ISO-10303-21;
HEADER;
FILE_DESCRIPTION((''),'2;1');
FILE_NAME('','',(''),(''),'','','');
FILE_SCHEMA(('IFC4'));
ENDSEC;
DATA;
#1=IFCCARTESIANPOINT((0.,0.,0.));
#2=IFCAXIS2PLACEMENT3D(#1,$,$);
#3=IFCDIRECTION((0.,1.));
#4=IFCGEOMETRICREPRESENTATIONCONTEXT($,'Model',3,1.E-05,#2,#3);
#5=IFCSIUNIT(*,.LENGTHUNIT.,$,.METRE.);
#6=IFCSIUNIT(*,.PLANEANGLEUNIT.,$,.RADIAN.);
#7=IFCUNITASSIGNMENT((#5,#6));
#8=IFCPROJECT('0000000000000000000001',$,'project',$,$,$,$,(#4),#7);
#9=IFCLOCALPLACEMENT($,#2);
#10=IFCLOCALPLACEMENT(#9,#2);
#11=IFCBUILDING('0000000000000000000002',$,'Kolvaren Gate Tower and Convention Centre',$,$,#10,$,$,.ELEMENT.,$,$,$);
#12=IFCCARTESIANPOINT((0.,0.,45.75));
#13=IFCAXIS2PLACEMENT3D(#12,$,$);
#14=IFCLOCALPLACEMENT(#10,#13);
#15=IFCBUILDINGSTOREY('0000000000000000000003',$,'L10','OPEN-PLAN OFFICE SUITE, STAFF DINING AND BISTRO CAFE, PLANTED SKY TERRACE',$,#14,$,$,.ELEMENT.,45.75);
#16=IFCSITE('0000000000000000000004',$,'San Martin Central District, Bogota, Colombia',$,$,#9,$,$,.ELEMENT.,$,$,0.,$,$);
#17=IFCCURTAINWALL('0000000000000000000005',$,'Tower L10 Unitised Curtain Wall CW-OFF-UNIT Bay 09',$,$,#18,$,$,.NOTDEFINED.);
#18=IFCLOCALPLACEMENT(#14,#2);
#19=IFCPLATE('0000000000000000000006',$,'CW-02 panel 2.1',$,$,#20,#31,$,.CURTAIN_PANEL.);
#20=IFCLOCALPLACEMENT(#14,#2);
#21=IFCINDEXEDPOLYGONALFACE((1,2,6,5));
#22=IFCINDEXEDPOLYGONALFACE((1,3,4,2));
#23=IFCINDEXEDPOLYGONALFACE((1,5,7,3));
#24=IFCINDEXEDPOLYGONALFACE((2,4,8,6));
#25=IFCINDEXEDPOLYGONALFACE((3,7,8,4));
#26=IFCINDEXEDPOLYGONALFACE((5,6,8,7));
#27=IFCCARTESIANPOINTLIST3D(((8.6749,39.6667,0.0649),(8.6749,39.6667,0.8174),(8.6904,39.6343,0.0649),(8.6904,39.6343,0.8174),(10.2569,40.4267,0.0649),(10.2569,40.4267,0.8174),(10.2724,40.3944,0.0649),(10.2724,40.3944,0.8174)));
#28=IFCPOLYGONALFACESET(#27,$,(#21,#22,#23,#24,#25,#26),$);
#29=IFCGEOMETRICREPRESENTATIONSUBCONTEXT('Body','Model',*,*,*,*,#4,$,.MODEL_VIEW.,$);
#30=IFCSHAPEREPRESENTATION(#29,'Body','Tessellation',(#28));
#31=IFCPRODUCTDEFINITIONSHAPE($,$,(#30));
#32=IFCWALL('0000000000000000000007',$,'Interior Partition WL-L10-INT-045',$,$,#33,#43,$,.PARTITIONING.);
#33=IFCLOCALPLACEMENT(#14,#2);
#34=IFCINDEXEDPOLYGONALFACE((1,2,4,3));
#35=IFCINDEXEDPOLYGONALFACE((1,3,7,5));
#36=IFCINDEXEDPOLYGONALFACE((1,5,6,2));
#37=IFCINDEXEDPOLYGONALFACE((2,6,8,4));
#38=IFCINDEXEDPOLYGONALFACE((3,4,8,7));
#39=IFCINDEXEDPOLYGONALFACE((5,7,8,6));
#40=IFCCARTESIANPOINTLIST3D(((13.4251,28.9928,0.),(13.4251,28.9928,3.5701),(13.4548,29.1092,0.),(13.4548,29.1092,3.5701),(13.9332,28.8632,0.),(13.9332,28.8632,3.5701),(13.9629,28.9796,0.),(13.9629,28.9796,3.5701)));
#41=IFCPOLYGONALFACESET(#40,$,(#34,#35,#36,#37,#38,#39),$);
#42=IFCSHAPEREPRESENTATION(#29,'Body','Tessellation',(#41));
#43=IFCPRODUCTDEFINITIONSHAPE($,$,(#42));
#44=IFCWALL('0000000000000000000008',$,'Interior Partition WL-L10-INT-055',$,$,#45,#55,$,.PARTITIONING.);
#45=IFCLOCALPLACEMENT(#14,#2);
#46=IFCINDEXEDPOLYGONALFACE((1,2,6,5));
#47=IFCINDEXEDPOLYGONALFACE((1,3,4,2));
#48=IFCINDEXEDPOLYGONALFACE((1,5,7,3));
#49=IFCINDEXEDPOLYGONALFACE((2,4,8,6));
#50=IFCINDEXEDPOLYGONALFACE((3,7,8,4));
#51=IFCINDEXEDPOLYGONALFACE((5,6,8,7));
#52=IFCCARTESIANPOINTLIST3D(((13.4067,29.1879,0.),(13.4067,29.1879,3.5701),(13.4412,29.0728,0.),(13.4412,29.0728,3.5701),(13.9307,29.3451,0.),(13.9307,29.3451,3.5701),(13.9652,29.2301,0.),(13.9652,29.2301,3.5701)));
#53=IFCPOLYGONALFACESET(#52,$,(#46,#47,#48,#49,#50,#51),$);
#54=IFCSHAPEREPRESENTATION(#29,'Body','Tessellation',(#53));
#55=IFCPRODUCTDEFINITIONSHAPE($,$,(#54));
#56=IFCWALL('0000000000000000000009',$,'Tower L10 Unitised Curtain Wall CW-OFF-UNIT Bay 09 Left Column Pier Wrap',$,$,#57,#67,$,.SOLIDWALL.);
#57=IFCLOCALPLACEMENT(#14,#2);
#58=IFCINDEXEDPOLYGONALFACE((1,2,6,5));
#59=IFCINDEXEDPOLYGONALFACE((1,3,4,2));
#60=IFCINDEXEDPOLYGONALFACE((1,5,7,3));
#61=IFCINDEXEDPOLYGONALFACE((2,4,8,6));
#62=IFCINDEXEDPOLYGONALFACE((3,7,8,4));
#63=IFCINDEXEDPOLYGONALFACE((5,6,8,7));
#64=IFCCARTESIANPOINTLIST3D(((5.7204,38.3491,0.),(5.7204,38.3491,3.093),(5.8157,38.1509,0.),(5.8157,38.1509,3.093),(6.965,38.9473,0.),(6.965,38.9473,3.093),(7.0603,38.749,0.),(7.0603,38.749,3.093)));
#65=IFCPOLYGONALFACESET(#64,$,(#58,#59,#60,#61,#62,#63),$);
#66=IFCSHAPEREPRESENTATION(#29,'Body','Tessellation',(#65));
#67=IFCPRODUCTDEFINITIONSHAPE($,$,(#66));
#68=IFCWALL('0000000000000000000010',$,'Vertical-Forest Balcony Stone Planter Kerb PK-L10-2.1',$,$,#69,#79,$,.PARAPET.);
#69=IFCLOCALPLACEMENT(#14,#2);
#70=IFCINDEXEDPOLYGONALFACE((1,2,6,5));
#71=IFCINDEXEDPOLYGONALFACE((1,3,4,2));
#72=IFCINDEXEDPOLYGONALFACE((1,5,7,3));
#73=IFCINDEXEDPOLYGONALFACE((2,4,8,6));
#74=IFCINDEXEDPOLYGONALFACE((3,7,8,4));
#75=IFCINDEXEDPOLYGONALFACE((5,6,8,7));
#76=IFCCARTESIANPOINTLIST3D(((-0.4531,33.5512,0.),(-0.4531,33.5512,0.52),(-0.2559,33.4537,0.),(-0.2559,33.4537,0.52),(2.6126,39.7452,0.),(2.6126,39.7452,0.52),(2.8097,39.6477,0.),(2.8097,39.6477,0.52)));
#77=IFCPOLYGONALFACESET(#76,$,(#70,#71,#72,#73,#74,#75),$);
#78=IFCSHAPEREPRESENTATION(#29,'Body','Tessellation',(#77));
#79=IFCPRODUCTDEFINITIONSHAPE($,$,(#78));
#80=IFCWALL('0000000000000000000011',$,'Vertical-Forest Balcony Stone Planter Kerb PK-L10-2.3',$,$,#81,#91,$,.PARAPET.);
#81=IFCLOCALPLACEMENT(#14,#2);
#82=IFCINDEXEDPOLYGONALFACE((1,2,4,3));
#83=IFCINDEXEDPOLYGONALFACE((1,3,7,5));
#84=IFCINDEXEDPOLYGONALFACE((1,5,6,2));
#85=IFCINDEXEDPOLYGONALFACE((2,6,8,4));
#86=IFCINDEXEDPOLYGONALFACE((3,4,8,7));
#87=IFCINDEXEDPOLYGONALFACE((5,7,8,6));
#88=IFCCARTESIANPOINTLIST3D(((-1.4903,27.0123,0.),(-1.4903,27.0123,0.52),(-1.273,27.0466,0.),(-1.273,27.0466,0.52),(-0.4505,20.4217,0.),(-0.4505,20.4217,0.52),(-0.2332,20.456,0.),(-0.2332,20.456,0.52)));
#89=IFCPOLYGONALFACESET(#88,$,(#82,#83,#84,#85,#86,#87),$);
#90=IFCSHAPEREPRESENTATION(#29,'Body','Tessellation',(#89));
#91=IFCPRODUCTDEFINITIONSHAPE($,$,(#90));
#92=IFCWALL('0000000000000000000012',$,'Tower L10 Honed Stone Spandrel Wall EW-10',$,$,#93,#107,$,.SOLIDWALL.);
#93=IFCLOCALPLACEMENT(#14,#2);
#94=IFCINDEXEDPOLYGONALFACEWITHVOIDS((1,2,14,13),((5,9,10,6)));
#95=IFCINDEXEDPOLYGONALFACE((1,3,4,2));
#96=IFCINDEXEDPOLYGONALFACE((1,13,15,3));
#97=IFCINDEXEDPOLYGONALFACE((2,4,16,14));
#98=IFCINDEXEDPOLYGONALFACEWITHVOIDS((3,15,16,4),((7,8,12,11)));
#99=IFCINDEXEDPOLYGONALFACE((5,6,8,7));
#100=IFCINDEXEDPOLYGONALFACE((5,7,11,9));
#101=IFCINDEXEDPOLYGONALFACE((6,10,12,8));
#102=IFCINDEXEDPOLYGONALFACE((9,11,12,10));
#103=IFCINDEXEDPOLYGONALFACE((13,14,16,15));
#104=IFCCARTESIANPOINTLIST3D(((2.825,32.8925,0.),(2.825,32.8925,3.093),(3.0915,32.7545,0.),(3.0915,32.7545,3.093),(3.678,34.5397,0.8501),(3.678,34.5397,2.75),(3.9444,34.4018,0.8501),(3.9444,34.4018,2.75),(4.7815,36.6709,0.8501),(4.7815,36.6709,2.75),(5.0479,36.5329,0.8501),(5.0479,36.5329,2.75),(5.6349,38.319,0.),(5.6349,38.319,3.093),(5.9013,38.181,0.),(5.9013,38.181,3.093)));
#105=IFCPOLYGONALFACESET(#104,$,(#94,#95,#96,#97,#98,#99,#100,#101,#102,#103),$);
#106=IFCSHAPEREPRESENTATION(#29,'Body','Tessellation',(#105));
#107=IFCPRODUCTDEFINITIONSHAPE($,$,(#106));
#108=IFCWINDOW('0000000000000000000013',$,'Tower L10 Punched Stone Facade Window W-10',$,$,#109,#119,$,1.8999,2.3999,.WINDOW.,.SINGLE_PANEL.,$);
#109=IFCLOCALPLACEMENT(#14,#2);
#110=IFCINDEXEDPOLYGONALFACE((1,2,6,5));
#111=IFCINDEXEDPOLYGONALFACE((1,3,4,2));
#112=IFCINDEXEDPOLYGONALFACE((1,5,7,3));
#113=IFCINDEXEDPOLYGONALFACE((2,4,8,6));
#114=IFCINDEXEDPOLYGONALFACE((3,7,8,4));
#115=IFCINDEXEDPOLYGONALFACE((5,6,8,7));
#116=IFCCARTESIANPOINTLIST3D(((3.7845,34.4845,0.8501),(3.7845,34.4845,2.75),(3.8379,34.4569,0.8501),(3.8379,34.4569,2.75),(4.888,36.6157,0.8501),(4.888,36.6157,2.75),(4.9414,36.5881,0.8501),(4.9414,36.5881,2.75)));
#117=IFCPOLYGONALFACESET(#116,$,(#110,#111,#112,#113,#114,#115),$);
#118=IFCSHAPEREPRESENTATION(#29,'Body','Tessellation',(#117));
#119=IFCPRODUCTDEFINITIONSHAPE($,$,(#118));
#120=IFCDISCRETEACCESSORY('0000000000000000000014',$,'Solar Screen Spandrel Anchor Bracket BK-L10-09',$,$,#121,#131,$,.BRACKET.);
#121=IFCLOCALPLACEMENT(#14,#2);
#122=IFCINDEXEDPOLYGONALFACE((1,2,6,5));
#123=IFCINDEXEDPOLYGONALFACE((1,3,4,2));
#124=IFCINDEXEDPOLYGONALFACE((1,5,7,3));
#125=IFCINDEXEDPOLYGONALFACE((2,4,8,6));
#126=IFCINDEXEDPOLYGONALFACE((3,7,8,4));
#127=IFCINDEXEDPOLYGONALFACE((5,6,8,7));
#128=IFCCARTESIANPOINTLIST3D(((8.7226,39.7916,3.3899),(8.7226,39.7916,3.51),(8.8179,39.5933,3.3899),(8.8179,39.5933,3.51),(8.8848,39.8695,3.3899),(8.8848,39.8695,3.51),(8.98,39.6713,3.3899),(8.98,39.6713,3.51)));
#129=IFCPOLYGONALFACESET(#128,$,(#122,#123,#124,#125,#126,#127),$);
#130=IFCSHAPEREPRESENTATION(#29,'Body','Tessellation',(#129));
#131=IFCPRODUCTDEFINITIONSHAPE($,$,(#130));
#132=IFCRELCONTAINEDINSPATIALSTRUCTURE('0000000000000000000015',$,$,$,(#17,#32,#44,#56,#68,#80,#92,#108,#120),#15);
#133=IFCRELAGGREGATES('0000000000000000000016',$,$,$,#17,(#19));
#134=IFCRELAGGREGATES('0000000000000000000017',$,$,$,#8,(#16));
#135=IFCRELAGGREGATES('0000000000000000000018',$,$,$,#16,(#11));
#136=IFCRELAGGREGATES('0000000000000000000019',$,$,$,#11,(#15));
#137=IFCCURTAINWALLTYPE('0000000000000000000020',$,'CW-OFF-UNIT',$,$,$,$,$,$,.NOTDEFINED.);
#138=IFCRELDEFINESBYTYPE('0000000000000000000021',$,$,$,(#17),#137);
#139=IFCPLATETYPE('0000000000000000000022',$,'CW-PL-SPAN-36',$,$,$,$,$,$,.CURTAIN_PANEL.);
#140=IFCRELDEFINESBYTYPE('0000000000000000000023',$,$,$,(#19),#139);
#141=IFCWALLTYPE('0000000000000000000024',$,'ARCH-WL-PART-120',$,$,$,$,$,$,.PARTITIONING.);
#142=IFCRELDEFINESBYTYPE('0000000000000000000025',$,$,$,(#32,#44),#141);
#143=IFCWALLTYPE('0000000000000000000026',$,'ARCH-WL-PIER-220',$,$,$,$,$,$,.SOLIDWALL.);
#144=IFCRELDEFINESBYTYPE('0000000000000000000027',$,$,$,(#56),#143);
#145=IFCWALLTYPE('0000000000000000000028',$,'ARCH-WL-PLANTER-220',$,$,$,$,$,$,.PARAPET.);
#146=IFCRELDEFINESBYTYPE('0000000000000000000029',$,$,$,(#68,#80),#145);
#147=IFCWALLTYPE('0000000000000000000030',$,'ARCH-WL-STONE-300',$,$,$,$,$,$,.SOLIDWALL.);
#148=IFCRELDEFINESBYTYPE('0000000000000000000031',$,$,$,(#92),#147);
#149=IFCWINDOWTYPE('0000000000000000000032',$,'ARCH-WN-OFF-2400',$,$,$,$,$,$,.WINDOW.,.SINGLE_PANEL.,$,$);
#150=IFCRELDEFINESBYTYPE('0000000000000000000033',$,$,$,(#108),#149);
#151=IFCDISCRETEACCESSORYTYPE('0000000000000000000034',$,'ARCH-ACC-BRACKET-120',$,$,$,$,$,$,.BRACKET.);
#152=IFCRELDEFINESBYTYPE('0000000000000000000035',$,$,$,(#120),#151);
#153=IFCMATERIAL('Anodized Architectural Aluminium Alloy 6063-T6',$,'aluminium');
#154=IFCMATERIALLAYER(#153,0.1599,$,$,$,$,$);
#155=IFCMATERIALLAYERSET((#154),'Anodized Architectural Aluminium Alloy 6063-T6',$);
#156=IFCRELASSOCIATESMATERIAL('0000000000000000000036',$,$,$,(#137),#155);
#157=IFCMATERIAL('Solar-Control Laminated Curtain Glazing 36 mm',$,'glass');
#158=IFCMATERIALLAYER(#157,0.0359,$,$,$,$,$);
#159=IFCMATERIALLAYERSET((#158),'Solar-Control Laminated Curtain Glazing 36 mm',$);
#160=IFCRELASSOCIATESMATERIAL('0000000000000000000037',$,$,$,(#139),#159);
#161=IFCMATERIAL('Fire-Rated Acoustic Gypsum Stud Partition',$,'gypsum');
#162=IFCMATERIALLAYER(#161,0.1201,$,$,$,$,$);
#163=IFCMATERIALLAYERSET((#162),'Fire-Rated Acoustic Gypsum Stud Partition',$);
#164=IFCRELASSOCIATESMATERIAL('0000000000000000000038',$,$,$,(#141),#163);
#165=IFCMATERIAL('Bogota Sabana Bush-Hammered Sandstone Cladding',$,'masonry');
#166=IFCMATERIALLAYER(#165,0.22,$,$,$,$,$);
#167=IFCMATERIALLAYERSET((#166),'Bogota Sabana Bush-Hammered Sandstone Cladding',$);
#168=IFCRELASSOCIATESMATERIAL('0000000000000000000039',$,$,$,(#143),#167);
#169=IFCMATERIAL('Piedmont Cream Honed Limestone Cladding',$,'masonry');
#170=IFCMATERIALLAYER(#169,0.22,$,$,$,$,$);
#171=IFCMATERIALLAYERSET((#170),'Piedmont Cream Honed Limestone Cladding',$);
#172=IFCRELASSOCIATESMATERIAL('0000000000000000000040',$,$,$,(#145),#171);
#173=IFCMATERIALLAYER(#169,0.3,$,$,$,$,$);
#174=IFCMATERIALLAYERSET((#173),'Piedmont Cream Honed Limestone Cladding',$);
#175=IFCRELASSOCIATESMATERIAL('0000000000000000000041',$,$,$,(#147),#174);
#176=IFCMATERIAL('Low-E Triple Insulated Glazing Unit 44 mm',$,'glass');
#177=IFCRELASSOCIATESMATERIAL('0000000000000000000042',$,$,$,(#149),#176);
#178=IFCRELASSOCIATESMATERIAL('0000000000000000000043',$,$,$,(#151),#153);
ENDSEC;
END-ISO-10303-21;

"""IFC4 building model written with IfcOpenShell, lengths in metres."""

from ifc_helpers import new_model, si_unit, direction, frame, frame_2d, origin, origin_2d, place, context, subcontext, project, spatial, rectangle, extrude, material, layer, layer_set, type_object, element, fill, aggregate, save


model = new_model("IFC4")

# Units and contexts
model_context = context("Model", 3, precision=1e-05, world=origin(), true_north=direction((0.0, 1.0)))
body_context = subcontext(model_context, "Body", "Model", "MODEL_VIEW")
ifc_project = project(units=[si_unit("LENGTHUNIT", "METRE"), si_unit("PLANEANGLEUNIT", "RADIAN")], contexts=[model_context])

# Site, building, storey
site_placement = place(None, origin())
site = spatial("IfcSite", under=ifc_project, at=site_placement, Name="San Martin Central District, Bogota, Colombia", CompositionType="ELEMENT", RefElevation=0.0)
building_placement = place(site_placement, origin())
building = spatial("IfcBuilding", under=site, at=building_placement, Name="Kolvaren Gate Tower and Convention Centre", CompositionType="ELEMENT")
storey_placement = place(building_placement, frame((0.0, 0.0, 45.75)))
storey = spatial("IfcBuildingStorey", under=building, at=storey_placement, Name="L10", Description="OPEN-PLAN OFFICE SUITE, STAFF DINING AND BISTRO CAFE, PLANTED SKY TERRACE", CompositionType="ELEMENT", Elevation=45.75)

# Curtain wall
ifc_material_1 = material(Name="Anodized Architectural Aluminium Alloy 6063-T6", Category="aluminium")
ifc_layer_1 = layer(ifc_material_1, 0.1599)
ifc_layer_set_1 = layer_set([ifc_layer_1], Name="Anodized Architectural Aluminium Alloy 6063-T6")
curtain_wall_type = type_object("IfcCurtainWallType", Name="CW-OFF-UNIT", PredefinedType="NOTDEFINED", material=ifc_layer_set_1)
curtain_wall_placement = place(storey_placement, origin())
curtain_wall = element("IfcCurtainWall", 1, at=curtain_wall_placement, inside=storey, type_object=curtain_wall_type, Name="Tower L10 Unitised Curtain Wall CW-OFF-UNIT Bay 09", PredefinedType="NOTDEFINED")

# Plate
ifc_material_2 = material(Name="Low-E Triple Insulated Glazing Unit 44 mm", Category="glass")
ifc_material_3 = material(Name="Solar-Control Laminated Curtain Glazing 36 mm", Category="glass")
ifc_layer_2 = layer(ifc_material_3, 0.0359)
ifc_layer_set_2 = layer_set([ifc_layer_2], Name="Solar-Control Laminated Curtain Glazing 36 mm")
plate_type_1 = type_object("IfcPlateType", Name="CW-PL-SPAN-36", PredefinedType="CURTAIN_PANEL", material=ifc_layer_set_2)
plate_1_placement = place(storey_placement, frame((9.4736, 40.0305, 0.0649), z_axis=(0.0, 0.0, 1.0), x_axis=(0.901367, 0.433057, 0.0)))
plate_1 = element("IfcPlate", 2, at=plate_1_placement, type_object=plate_type_1, Name="CW-02 panel 2.1", PredefinedType="CURTAIN_PANEL", context=body_context, shape_type="SweptSolid", body=[
    extrude(rectangle(XDim=1.7551, YDim=0.0359, at=origin_2d()), origin(), (0.0, 0.0, 1.0), 0.7524),
])
aggregate(curtain_wall, [plate_1])

# Walls
ifc_material_4 = material(Name="Fire-Rated Acoustic Gypsum Stud Partition", Category="gypsum")
ifc_layer_3 = layer(ifc_material_4, 0.1201)
ifc_layer_set_3 = layer_set([ifc_layer_3], Name="Fire-Rated Acoustic Gypsum Stud Partition")
wall_type_1 = type_object("IfcWallType", Name="ARCH-WL-PART-120", PredefinedType="PARTITIONING", material=ifc_layer_set_3)
wall_1_placement = place(storey_placement, frame((13.4399, 29.051, 0.0), z_axis=(0.0, 0.0, 1.0), x_axis=(0.968953, -0.247244, 0.0)))
element("IfcWall", 3, at=wall_1_placement, inside=storey, type_object=wall_type_1, Name="Interior Partition WL-L10-INT-045", PredefinedType="PARTITIONING", context=body_context, shape_type="SweptSolid", body=[
    extrude(rectangle(XDim=0.5244, YDim=0.1201, at=frame_2d((0.2622, 0.0))), origin(), (0.0, 0.0, 1.0), 3.5701),
])
wall_2_placement = place(storey_placement, frame((13.4241, 29.1304, 0.0), z_axis=(0.0, 0.0, 1.0), x_axis=(0.957802, 0.28743, 0.0)))
element("IfcWall", 4, at=wall_2_placement, inside=storey, type_object=wall_type_1, Name="Interior Partition WL-L10-INT-055", PredefinedType="PARTITIONING", context=body_context, shape_type="SweptSolid", body=[
    extrude(rectangle(XDim=0.5471, YDim=0.1201, at=frame_2d((0.2734, 0.0))), origin(), (0.0, 0.0, 1.0), 3.5701),
])
ifc_material_5 = material(Name="Bogota Sabana Bush-Hammered Sandstone Cladding", Category="masonry")
ifc_layer_4 = layer(ifc_material_5, 0.22)
ifc_layer_set_4 = layer_set([ifc_layer_4], Name="Bogota Sabana Bush-Hammered Sandstone Cladding")
wall_type_2 = type_object("IfcWallType", Name="ARCH-WL-PIER-220", PredefinedType="SOLIDWALL", material=ifc_layer_set_4)
wall_3_placement = place(storey_placement, frame((5.7681, 38.25, 0.0), z_axis=(0.0, 0.0, 1.0), x_axis=(0.901319, 0.433156, 0.0)))
element("IfcWall", 5, at=wall_3_placement, inside=storey, type_object=wall_type_2, Name="Tower L10 Unitised Curtain Wall CW-OFF-UNIT Bay 09 Left Column Pier Wrap", PredefinedType="SOLIDWALL", context=body_context, shape_type="SweptSolid", body=[
    extrude(rectangle(XDim=1.3809, YDim=0.22, at=frame_2d((0.6904, 0.0))), origin(), (0.0, 0.0, 1.0), 3.093),
])
ifc_material_6 = material(Name="Piedmont Cream Honed Limestone Cladding", Category="masonry")
ifc_layer_5 = layer(ifc_material_6, 0.22)
ifc_layer_set_5 = layer_set([ifc_layer_5], Name="Piedmont Cream Honed Limestone Cladding")
wall_type_3 = type_object("IfcWallType", Name="ARCH-WL-PLANTER-220", PredefinedType="PARAPET", material=ifc_layer_set_5)
wall_4_placement = place(storey_placement, frame((-0.3545, 33.5024, 0.0), z_axis=(0.0, 0.0, 1.0), x_axis=(0.443578, 0.896236, 0.0)))
element("IfcWall", 6, at=wall_4_placement, inside=storey, type_object=wall_type_3, Name="Vertical-Forest Balcony Stone Planter Kerb PK-L10-2.1", PredefinedType="PARAPET", context=body_context, shape_type="SweptSolid", body=[
    extrude(rectangle(XDim=6.9111, YDim=0.22, at=frame_2d((3.4556, 0.0))), origin(), (0.0, 0.0, 1.0), 0.52),
])
wall_5_placement = place(storey_placement, frame((-1.3816, 27.0293, 0.0), z_axis=(0.0, 0.0, 1.0), x_axis=(0.155842, -0.987782, 0.0)))
element("IfcWall", 7, at=wall_5_placement, inside=storey, type_object=wall_type_3, Name="Vertical-Forest Balcony Stone Planter Kerb PK-L10-2.3", PredefinedType="PARAPET", context=body_context, shape_type="SweptSolid", body=[
    extrude(rectangle(XDim=6.6721, YDim=0.22, at=frame_2d((3.3359, 0.0))), origin(), (0.0, 0.0, 1.0), 0.52),
])

# Wall, opening, window
ifc_layer_6 = layer(ifc_material_6, 0.3)
ifc_layer_set_6 = layer_set([ifc_layer_6], Name="Piedmont Cream Honed Limestone Cladding")
wall_type_4 = type_object("IfcWallType", Name="ARCH-WL-STONE-300", PredefinedType="SOLIDWALL", material=ifc_layer_set_6)
wall_6_placement = place(storey_placement, frame((2.9583, 32.8235, 0.0), z_axis=(0.0, 0.0, 1.0), x_axis=(0.45981, 0.888017, 0.0)))
wall_6 = element("IfcWall", 8, at=wall_6_placement, inside=storey, type_object=wall_type_4, Name="Tower L10 Honed Stone Spandrel Wall EW-10", PredefinedType="SOLIDWALL", context=body_context, shape_type="SweptSolid", body=[
    extrude(rectangle(XDim=6.1108, YDim=0.3, at=frame_2d((3.0554, 0.0))), origin(), (0.0, 0.0, 1.0), 3.093),
])
opening_placement = place(wall_6_placement, frame((1.855, 0.0, 0.8501)))
opening = element("IfcOpeningElement", 9, at=opening_placement, cuts=wall_6, PredefinedType="OPENING", context=body_context, shape_type="SweptSolid", body=[
    extrude(rectangle(XDim=2.3999, YDim=1.8999, at=frame_2d((1.2, 0.95))), frame((0.0, 0.1599, 0.0), z_axis=(0.0, -1.0, 0.0), x_axis=(1.0, 0.0, 0.0)), (0.0, 0.0, 1.0), 0.3201),
])
window_type = type_object("IfcWindowType", Name="ARCH-WN-OFF-2400", PartitioningType="SINGLE_PANEL", PredefinedType="WINDOW", material=ifc_material_2)
window_placement = place(opening_placement, origin())
window = element("IfcWindow", 10, at=window_placement, inside=storey, type_object=window_type, Name="Tower L10 Punched Stone Facade Window W-10", OverallHeight=1.8999, OverallWidth=2.3999, PartitioningType="SINGLE_PANEL", PredefinedType="WINDOW", context=body_context, shape_type="SweptSolid", body=[
    extrude(rectangle(XDim=2.3999, YDim=1.8999, at=frame_2d((1.2, 0.95))), frame((0.0, 0.03, 0.0), z_axis=(0.0, -1.0, 0.0), x_axis=(1.0, 0.0, 0.0)), (0.0, 0.0, 1.0), 0.0601),
])
fill(opening, window)

# Discrete accessory
discrete_accessory_type = type_object("IfcDiscreteAccessoryType", Name="ARCH-ACC-BRACKET-120", PredefinedType="BRACKET", material=ifc_material_1)
discrete_accessory_placement = place(storey_placement, frame((8.8513, 39.7314, 3.3899), z_axis=(0.0, 0.0, 1.0), x_axis=(0.901364, 0.433061, 0.0)))
element("IfcDiscreteAccessory", 11, at=discrete_accessory_placement, inside=storey, type_object=discrete_accessory_type, Name="Solar Screen Spandrel Anchor Bracket BK-L10-09", PredefinedType="BRACKET", context=body_context, shape_type="SweptSolid", body=[
    extrude(rectangle(XDim=0.1799, YDim=0.22, at=origin_2d()), origin(), (0.0, 0.0, 1.0), 0.1201),
])

save(model, "model.ifc")
